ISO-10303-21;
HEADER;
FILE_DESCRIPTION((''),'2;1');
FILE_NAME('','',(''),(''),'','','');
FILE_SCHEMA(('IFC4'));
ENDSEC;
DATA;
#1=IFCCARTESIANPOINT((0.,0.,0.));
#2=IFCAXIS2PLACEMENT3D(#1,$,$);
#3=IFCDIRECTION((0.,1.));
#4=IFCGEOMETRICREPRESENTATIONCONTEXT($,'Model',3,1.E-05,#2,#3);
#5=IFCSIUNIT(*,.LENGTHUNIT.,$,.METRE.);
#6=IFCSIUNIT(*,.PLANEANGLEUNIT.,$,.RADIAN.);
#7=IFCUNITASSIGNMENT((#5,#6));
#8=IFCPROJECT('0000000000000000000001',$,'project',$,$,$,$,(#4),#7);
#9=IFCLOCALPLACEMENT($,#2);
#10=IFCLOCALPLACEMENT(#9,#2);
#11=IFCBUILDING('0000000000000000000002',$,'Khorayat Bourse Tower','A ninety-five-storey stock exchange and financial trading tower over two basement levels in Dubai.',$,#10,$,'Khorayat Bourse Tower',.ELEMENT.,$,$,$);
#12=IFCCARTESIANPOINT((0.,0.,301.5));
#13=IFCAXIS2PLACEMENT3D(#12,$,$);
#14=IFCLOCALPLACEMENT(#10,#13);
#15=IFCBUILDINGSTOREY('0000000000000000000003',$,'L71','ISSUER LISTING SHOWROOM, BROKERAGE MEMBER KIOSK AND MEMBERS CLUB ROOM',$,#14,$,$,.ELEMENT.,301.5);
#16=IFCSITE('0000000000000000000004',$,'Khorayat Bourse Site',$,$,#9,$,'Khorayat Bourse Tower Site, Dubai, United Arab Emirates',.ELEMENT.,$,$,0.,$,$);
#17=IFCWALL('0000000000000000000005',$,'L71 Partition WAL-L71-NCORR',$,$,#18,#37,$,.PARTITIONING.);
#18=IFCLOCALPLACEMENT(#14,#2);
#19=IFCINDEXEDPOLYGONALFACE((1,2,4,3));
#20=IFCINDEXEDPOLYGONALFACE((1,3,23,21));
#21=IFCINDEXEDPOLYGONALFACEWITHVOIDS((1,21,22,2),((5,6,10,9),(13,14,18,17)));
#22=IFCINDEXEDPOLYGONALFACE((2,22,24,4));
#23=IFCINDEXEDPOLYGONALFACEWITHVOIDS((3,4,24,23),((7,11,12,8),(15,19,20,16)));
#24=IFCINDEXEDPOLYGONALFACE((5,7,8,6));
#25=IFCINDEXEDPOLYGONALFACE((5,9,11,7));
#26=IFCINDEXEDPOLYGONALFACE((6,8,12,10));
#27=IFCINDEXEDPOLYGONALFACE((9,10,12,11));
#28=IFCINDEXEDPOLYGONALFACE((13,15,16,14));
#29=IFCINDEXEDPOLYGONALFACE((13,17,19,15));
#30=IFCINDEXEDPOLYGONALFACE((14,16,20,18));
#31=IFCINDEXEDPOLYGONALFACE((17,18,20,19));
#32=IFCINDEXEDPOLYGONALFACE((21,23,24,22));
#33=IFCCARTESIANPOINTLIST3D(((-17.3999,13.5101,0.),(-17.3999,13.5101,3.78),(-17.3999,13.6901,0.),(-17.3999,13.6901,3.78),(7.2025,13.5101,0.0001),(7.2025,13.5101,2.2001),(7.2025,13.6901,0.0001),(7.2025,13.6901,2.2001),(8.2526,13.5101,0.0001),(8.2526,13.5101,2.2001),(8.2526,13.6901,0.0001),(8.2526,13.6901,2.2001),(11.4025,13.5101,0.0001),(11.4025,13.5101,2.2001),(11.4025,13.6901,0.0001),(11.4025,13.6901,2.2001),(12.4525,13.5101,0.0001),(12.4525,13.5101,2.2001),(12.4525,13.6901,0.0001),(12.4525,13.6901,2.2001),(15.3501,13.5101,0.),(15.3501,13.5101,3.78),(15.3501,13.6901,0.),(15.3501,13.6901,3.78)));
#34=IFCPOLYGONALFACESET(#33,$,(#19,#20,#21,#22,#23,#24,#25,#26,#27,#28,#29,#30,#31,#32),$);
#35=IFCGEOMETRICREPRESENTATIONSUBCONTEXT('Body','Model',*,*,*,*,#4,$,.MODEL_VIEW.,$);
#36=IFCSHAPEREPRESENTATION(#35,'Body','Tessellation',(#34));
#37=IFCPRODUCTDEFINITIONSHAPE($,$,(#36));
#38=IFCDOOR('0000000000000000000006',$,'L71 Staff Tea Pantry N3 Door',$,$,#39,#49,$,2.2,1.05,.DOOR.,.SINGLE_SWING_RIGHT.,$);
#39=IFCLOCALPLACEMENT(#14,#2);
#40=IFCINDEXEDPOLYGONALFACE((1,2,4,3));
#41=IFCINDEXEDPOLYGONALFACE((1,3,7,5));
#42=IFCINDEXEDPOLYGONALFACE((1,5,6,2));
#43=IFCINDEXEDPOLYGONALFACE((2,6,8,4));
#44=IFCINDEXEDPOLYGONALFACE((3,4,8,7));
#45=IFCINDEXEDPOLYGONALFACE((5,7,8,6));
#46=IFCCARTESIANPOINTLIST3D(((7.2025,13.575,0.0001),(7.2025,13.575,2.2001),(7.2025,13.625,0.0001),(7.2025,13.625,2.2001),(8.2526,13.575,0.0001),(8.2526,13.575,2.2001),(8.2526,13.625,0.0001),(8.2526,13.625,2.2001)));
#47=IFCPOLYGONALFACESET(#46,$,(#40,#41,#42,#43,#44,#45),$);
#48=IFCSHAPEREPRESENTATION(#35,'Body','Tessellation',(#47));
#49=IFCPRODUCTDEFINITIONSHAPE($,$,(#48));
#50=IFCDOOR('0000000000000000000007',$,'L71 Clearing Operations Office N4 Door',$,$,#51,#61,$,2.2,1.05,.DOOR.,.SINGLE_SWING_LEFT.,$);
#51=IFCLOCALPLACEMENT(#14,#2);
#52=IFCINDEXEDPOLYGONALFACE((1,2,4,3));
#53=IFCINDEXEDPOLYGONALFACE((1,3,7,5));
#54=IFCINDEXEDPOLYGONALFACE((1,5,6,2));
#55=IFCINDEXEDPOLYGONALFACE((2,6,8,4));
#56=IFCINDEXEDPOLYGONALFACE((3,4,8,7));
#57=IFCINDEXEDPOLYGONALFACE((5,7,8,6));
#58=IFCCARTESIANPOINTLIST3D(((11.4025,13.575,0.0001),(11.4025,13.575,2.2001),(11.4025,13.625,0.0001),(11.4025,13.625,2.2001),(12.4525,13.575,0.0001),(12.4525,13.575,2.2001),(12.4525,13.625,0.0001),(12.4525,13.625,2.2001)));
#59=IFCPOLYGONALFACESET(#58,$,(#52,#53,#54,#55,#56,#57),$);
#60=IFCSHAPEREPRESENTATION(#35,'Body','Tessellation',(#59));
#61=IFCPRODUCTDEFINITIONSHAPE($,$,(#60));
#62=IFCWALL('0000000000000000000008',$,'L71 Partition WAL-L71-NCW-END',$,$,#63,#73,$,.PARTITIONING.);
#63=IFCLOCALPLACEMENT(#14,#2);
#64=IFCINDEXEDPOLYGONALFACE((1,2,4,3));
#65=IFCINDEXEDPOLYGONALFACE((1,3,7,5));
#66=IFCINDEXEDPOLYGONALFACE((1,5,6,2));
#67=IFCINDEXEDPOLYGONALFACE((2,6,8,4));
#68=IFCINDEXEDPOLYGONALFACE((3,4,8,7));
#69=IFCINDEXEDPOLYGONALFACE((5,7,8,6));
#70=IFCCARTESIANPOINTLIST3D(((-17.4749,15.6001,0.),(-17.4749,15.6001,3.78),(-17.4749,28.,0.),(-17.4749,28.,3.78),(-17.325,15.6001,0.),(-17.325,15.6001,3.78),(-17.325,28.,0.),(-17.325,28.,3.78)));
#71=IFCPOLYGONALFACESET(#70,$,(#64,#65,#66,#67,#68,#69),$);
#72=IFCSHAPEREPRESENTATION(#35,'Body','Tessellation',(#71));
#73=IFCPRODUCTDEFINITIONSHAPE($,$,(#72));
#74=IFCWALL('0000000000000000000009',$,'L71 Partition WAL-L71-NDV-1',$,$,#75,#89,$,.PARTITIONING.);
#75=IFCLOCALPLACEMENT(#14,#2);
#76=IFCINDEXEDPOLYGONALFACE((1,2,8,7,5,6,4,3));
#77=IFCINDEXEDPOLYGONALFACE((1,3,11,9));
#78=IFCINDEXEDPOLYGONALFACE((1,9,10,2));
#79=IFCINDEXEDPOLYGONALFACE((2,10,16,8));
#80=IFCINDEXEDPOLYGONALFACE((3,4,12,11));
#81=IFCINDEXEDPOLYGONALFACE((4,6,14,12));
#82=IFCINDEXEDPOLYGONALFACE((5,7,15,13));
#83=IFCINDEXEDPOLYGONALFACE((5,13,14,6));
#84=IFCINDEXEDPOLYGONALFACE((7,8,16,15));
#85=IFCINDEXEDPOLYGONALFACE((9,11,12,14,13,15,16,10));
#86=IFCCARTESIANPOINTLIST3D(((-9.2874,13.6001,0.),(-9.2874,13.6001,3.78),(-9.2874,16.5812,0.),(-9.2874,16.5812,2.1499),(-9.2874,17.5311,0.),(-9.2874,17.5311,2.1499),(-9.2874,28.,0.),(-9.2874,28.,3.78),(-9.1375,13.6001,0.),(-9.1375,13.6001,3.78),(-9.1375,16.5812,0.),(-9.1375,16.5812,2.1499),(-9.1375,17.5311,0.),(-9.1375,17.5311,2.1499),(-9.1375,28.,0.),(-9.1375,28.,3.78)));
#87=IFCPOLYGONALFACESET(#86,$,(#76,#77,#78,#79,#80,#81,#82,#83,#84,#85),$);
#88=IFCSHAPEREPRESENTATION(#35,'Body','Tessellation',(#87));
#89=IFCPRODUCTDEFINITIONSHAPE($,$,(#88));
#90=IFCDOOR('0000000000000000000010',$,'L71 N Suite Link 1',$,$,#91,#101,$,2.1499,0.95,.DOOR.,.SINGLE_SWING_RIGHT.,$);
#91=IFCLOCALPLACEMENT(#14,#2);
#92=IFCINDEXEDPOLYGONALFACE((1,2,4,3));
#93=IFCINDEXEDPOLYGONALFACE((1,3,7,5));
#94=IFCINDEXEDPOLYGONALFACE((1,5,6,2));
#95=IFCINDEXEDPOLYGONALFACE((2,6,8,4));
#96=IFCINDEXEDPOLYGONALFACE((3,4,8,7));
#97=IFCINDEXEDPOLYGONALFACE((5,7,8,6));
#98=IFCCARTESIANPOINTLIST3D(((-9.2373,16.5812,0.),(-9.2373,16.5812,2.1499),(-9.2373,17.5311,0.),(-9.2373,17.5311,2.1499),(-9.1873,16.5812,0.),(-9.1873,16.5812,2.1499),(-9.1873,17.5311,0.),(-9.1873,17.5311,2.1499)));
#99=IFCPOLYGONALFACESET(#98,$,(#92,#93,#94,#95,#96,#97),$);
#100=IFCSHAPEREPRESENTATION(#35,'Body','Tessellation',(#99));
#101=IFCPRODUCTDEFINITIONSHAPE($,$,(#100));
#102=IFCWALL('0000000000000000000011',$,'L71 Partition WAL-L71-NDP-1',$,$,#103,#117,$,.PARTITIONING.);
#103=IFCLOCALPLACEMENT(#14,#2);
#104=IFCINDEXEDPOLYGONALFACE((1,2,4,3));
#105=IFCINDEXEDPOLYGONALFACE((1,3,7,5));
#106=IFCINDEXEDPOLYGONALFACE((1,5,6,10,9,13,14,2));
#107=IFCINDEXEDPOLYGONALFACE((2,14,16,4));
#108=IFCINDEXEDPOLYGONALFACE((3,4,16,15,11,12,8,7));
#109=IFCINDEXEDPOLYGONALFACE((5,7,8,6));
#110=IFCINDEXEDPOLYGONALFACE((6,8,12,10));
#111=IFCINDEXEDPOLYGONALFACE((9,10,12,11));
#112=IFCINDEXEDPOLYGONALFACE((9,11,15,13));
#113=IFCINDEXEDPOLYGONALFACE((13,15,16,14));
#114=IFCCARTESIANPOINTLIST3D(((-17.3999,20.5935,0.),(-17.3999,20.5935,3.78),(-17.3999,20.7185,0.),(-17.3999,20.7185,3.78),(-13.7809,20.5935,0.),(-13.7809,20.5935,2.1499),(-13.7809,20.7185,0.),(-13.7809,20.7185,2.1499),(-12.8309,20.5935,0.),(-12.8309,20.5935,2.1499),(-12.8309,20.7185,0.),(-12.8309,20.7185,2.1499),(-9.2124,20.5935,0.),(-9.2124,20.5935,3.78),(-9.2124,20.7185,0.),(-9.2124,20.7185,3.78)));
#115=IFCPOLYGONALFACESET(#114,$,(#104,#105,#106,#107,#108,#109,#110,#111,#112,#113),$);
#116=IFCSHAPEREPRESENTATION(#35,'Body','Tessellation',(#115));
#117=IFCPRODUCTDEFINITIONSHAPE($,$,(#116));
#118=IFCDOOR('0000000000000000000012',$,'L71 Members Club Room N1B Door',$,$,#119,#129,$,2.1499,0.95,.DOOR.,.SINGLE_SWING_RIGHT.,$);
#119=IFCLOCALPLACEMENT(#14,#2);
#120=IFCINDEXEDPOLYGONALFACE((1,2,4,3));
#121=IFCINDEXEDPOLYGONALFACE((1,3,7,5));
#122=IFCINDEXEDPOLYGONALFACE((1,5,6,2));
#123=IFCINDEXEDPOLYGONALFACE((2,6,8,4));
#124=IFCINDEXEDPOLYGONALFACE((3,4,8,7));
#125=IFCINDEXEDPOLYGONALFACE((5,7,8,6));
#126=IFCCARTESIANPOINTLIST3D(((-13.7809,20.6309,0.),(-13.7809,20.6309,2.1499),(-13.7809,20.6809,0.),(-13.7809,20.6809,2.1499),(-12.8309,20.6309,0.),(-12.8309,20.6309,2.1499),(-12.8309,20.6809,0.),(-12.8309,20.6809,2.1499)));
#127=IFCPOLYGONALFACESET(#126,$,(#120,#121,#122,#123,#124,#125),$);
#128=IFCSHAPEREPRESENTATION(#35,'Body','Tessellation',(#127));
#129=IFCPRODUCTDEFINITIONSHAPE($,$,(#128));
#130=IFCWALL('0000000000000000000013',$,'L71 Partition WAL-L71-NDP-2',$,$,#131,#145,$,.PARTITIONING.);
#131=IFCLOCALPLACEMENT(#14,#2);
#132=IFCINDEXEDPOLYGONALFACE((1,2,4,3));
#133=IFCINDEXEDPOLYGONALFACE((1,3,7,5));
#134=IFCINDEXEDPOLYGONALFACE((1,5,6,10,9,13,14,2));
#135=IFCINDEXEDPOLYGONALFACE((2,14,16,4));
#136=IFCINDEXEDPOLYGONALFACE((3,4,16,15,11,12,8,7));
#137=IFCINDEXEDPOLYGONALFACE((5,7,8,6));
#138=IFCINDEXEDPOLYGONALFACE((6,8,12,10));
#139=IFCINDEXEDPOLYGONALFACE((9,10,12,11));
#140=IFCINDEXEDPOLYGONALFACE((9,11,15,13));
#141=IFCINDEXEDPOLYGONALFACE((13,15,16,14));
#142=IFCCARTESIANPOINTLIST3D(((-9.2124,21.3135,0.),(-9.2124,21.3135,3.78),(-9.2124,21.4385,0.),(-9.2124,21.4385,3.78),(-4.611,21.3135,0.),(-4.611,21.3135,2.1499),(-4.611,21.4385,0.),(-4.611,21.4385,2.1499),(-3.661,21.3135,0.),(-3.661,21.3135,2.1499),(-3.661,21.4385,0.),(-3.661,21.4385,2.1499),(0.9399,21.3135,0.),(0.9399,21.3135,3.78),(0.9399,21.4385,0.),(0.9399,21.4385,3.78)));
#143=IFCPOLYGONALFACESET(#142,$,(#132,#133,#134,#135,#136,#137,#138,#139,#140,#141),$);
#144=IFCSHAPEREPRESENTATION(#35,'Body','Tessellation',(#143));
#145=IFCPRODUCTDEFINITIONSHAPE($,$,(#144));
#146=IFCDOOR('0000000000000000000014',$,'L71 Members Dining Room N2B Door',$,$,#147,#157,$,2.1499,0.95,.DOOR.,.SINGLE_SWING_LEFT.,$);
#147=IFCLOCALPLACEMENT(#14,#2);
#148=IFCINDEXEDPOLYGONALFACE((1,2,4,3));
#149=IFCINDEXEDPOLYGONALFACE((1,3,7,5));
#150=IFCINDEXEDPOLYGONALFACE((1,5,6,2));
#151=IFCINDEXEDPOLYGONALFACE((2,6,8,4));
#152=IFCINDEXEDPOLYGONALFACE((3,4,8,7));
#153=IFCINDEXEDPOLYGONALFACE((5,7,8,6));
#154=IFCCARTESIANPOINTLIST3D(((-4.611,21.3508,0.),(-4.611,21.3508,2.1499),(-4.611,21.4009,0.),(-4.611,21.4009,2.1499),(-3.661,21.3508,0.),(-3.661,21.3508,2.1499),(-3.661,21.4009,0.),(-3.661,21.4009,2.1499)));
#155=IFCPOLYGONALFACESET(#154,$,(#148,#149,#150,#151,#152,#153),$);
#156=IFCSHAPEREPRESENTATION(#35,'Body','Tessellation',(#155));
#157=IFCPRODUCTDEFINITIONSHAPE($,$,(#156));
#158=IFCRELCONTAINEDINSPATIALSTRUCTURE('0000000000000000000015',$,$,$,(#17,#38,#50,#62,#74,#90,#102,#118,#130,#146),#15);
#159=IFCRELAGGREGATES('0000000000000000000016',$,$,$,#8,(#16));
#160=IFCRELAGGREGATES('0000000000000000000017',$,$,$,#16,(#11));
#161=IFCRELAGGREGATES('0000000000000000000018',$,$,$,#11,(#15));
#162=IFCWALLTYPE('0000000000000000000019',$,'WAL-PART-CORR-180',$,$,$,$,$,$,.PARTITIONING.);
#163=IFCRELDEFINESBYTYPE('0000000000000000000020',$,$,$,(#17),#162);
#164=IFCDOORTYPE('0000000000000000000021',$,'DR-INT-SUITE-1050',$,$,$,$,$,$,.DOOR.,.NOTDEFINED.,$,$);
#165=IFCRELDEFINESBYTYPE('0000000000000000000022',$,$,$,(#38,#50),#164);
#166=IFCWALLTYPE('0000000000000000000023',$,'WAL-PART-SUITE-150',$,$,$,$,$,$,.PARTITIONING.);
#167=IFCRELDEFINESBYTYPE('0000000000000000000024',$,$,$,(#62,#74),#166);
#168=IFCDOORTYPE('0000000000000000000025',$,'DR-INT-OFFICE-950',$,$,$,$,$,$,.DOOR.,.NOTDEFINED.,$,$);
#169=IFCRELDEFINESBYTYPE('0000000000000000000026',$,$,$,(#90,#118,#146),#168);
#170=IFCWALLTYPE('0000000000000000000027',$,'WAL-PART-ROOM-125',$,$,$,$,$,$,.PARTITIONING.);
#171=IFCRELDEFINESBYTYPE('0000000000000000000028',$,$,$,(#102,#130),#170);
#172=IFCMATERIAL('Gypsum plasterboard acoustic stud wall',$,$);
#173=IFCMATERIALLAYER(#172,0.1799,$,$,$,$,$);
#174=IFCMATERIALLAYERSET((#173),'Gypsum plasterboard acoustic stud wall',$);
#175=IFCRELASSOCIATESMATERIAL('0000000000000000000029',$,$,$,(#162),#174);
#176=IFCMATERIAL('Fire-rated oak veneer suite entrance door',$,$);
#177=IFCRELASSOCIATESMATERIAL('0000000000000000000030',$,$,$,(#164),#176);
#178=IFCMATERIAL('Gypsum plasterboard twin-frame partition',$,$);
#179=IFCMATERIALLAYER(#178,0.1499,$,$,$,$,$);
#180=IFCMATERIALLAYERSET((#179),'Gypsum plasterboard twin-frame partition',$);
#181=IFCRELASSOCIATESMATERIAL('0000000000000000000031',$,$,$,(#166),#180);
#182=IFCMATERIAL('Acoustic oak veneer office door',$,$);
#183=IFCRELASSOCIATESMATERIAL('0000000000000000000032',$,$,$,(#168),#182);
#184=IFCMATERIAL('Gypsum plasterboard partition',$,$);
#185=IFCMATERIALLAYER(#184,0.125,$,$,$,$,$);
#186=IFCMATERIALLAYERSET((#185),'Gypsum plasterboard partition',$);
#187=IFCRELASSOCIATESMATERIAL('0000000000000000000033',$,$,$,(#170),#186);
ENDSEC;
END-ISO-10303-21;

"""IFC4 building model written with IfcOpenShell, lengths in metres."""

from ifc_helpers import new_model, si_unit, direction, frame, frame_2d, origin, place, context, subcontext, project, spatial, rectangle, extrude, source, transform, mapped, material, layer, layer_set, type_object, element, fill, save


model = new_model("IFC4")

# Units and contexts
model_context = context("Model", 3, precision=1e-05, world=origin(), true_north=direction((0.0, 1.0)))
body_context = subcontext(model_context, "Body", "Model", "MODEL_VIEW")
ifc_project = project(units=[si_unit("LENGTHUNIT", "METRE"), si_unit("PLANEANGLEUNIT", "RADIAN")], contexts=[model_context])

# Site, building, storey
site_placement = place(None, origin())
site = spatial("IfcSite", under=ifc_project, at=site_placement, Name="Khorayat Bourse Site", LongName="Khorayat Bourse Tower Site, Dubai, United Arab Emirates", CompositionType="ELEMENT", RefElevation=0.0)
building_placement = place(site_placement, origin())
building = spatial("IfcBuilding", under=site, at=building_placement, Name="Khorayat Bourse Tower", Description="A ninety-five-storey stock exchange and financial trading tower over two basement levels in Dubai.", LongName="Khorayat Bourse Tower", CompositionType="ELEMENT")
storey_placement = place(building_placement, frame((0.0, 0.0, 301.5)))
storey = spatial("IfcBuildingStorey", under=building, at=storey_placement, Name="L71", Description="ISSUER LISTING SHOWROOM, BROKERAGE MEMBER KIOSK AND MEMBERS CLUB ROOM", CompositionType="ELEMENT", Elevation=301.5)

# Wall, openings, doors
ifc_material_1 = material(Name="Gypsum plasterboard acoustic stud wall")
ifc_layer_1 = layer(ifc_material_1, 0.1799)
ifc_layer_set_1 = layer_set([ifc_layer_1], Name="Gypsum plasterboard acoustic stud wall")
wall_type_1 = type_object("IfcWallType", Name="WAL-PART-CORR-180", PredefinedType="PARTITIONING", material=ifc_layer_set_1)
shared_shape_1 = source(origin(), body_context, "Body", "SweptSolid", [
    extrude(rectangle(XDim=32.75, YDim=0.1799, at=frame_2d((16.375, 0.0))), origin(), (0.0, 0.0, 1.0), 3.78),
])
wall_1_placement = place(storey_placement, frame((-17.3999, 13.6001, 0.0), z_axis=(0.0, 0.0, 1.0), x_axis=(1.0, 0.0, 0.0)))
wall_1 = element("IfcWall", 1, at=wall_1_placement, inside=storey, type_object=wall_type_1, Name="L71 Partition WAL-L71-NCORR", PredefinedType="PARTITIONING", context=body_context, shape_type="MappedRepresentation", body=[
    mapped(shared_shape_1, transform((0.0, 0.0, 0.0), scale=1.0)),
])
shared_shape_2 = source(origin(), body_context, "Body", "SweptSolid", [
    extrude(rectangle(XDim=1.05, YDim=2.2, at=frame_2d((0.5249, 1.1001))), frame((0.0, 0.0999, 0.0), z_axis=(0.0, -1.0, 0.0), x_axis=(1.0, 0.0, 0.0)), (0.0, 0.0, 1.0), 0.2),
])
opening_1_placement = place(wall_1_placement, frame((24.6025, 0.0, 0.0)))
opening_1 = element("IfcOpeningElement", 2, at=opening_1_placement, cuts=wall_1, PredefinedType="OPENING", context=body_context, shape_type="MappedRepresentation", body=[
    mapped(shared_shape_2, transform((0.0, 0.0, 0.0), scale=1.0)),
])
opening_2_placement = place(wall_1_placement, frame((28.8025, 0.0, 0.0)))
opening_2 = element("IfcOpeningElement", 3, at=opening_2_placement, cuts=wall_1, PredefinedType="OPENING", context=body_context, shape_type="MappedRepresentation", body=[
    mapped(shared_shape_2, transform((0.0, 0.0, 0.0), scale=1.0)),
])
ifc_material_2 = material(Name="Fire-rated oak veneer suite entrance door")
door_type_1 = type_object("IfcDoorType", Name="DR-INT-SUITE-1050", OperationType="NOTDEFINED", PredefinedType="DOOR", material=ifc_material_2)
shared_shape_3 = source(origin(), body_context, "Body", "SweptSolid", [
    extrude(rectangle(XDim=1.05, YDim=2.2, at=frame_2d((0.5249, 1.1001))), frame((0.0, 0.0249, 0.0), z_axis=(0.0, -1.0, 0.0), x_axis=(1.0, 0.0, 0.0)), (0.0, 0.0, 1.0), 0.05),
])
door_1_placement = place(opening_1_placement, origin())
door_1 = element("IfcDoor", 4, at=door_1_placement, inside=storey, type_object=door_type_1, Name="L71 Staff Tea Pantry N3 Door", OperationType="SINGLE_SWING_RIGHT", OverallHeight=2.2, OverallWidth=1.05, PredefinedType="DOOR", context=body_context, shape_type="MappedRepresentation", body=[
    mapped(shared_shape_3, transform((0.0, 0.0, 0.0), scale=1.0)),
])
fill(opening_1, door_1)
door_2_placement = place(opening_2_placement, origin())
door_2 = element("IfcDoor", 5, at=door_2_placement, inside=storey, type_object=door_type_1, Name="L71 Clearing Operations Office N4 Door", OperationType="SINGLE_SWING_LEFT", OverallHeight=2.2, OverallWidth=1.05, PredefinedType="DOOR", context=body_context, shape_type="MappedRepresentation", body=[
    mapped(shared_shape_3, transform((0.0, 0.0, 0.0), scale=1.0)),
])
fill(opening_2, door_2)

# Wall
ifc_material_3 = material(Name="Gypsum plasterboard twin-frame partition")
ifc_layer_2 = layer(ifc_material_3, 0.1499)
ifc_layer_set_2 = layer_set([ifc_layer_2], Name="Gypsum plasterboard twin-frame partition")
wall_type_2 = type_object("IfcWallType", Name="WAL-PART-SUITE-150", PredefinedType="PARTITIONING", material=ifc_layer_set_2)
shared_shape_4 = source(origin(), body_context, "Body", "SweptSolid", [
    extrude(rectangle(XDim=12.3999, YDim=0.1499, at=frame_2d((6.2, 0.0))), origin(), (0.0, 0.0, 1.0), 3.78),
])
wall_2_placement = place(storey_placement, frame((-17.3999, 15.6001, 0.0), z_axis=(0.0, 0.0, 1.0), x_axis=(0.0, 1.0, 0.0)))
element("IfcWall", 6, at=wall_2_placement, inside=storey, type_object=wall_type_2, Name="L71 Partition WAL-L71-NCW-END", PredefinedType="PARTITIONING", context=body_context, shape_type="MappedRepresentation", body=[
    mapped(shared_shape_4, transform((0.0, 0.0, 0.0), scale=1.0)),
])

# Walls, openings, doors
shared_shape_5 = source(origin(), body_context, "Body", "SweptSolid", [
    extrude(rectangle(XDim=14.3999, YDim=0.1499, at=frame_2d((7.2, 0.0))), origin(), (0.0, 0.0, 1.0), 3.78),
])
wall_3_placement = place(storey_placement, frame((-9.2124, 13.6001, 0.0), z_axis=(0.0, 0.0, 1.0), x_axis=(0.0, 1.0, 0.0)))
wall_3 = element("IfcWall", 7, at=wall_3_placement, inside=storey, type_object=wall_type_2, Name="L71 Partition WAL-L71-NDV-1", PredefinedType="PARTITIONING", context=body_context, shape_type="MappedRepresentation", body=[
    mapped(shared_shape_5, transform((0.0, 0.0, 0.0), scale=1.0)),
])
shared_shape_6 = source(origin(), body_context, "Body", "SweptSolid", [
    extrude(rectangle(XDim=0.95, YDim=2.1499, at=frame_2d((0.4751, 1.075))), frame((0.0, 0.085, 0.0), z_axis=(0.0, -1.0, 0.0), x_axis=(1.0, 0.0, 0.0)), (0.0, 0.0, 1.0), 0.1699),
])
opening_3_placement = place(wall_3_placement, frame((2.981, 0.0, 0.0)))
opening_3 = element("IfcOpeningElement", 8, at=opening_3_placement, cuts=wall_3, PredefinedType="OPENING", context=body_context, shape_type="MappedRepresentation", body=[
    mapped(shared_shape_6, transform((0.0, 0.0, 0.0), scale=1.0)),
])
ifc_material_4 = material(Name="Acoustic oak veneer office door")
door_type_2 = type_object("IfcDoorType", Name="DR-INT-OFFICE-950", OperationType="NOTDEFINED", PredefinedType="DOOR", material=ifc_material_4)
shared_shape_7 = source(origin(), body_context, "Body", "SweptSolid", [
    extrude(rectangle(XDim=0.95, YDim=2.1499, at=frame_2d((0.4751, 1.075))), frame((0.0, 0.0249, 0.0), z_axis=(0.0, -1.0, 0.0), x_axis=(1.0, 0.0, 0.0)), (0.0, 0.0, 1.0), 0.05),
])
door_3_placement = place(opening_3_placement, origin())
door_3 = element("IfcDoor", 9, at=door_3_placement, inside=storey, type_object=door_type_2, Name="L71 N Suite Link 1", OperationType="SINGLE_SWING_RIGHT", OverallHeight=2.1499, OverallWidth=0.95, PredefinedType="DOOR", context=body_context, shape_type="MappedRepresentation", body=[
    mapped(shared_shape_7, transform((0.0, 0.0, 0.0), scale=1.0)),
])
fill(opening_3, door_3)
ifc_material_5 = material(Name="Gypsum plasterboard partition")
ifc_layer_3 = layer(ifc_material_5, 0.125)
ifc_layer_set_3 = layer_set([ifc_layer_3], Name="Gypsum plasterboard partition")
wall_type_3 = type_object("IfcWallType", Name="WAL-PART-ROOM-125", PredefinedType="PARTITIONING", material=ifc_layer_set_3)
shared_shape_8 = source(origin(), body_context, "Body", "SweptSolid", [
    extrude(rectangle(XDim=8.1875, YDim=0.125, at=frame_2d((4.0938, 0.0))), origin(), (0.0, 0.0, 1.0), 3.78),
])
wall_4_placement = place(storey_placement, frame((-17.3999, 20.656, 0.0), z_axis=(0.0, 0.0, 1.0), x_axis=(1.0, 0.0, 0.0)))
wall_4 = element("IfcWall", 10, at=wall_4_placement, inside=storey, type_object=wall_type_3, Name="L71 Partition WAL-L71-NDP-1", PredefinedType="PARTITIONING", context=body_context, shape_type="MappedRepresentation", body=[
    mapped(shared_shape_8, transform((0.0, 0.0, 0.0), scale=1.0)),
])
shared_shape_9 = source(origin(), body_context, "Body", "SweptSolid", [
    extrude(rectangle(XDim=0.95, YDim=2.1499, at=frame_2d((0.4751, 1.075))), frame((0.0, 0.0725, 0.0), z_axis=(0.0, -1.0, 0.0), x_axis=(1.0, 0.0, 0.0)), (0.0, 0.0, 1.0), 0.145),
])
opening_4_placement = place(wall_4_placement, frame((3.6189, 0.0, 0.0)))
opening_4 = element("IfcOpeningElement", 11, at=opening_4_placement, cuts=wall_4, PredefinedType="OPENING", context=body_context, shape_type="MappedRepresentation", body=[
    mapped(shared_shape_9, transform((0.0, 0.0, 0.0), scale=1.0)),
])
door_4_placement = place(opening_4_placement, origin())
door_4 = element("IfcDoor", 12, at=door_4_placement, inside=storey, type_object=door_type_2, Name="L71 Members Club Room N1B Door", OperationType="SINGLE_SWING_RIGHT", OverallHeight=2.1499, OverallWidth=0.95, PredefinedType="DOOR", context=body_context, shape_type="MappedRepresentation", body=[
    mapped(shared_shape_7, transform((0.0, 0.0, 0.0), scale=1.0)),
])
fill(opening_4, door_4)
shared_shape_10 = source(origin(), body_context, "Body", "SweptSolid", [
    extrude(rectangle(XDim=10.1523, YDim=0.125, at=frame_2d((5.0762, 0.0))), origin(), (0.0, 0.0, 1.0), 3.78),
])
wall_5_placement = place(storey_placement, frame((-9.2124, 21.376, 0.0), z_axis=(0.0, 0.0, 1.0), x_axis=(1.0, 0.0, 0.0)))
wall_5 = element("IfcWall", 13, at=wall_5_placement, inside=storey, type_object=wall_type_3, Name="L71 Partition WAL-L71-NDP-2", PredefinedType="PARTITIONING", context=body_context, shape_type="MappedRepresentation", body=[
    mapped(shared_shape_10, transform((0.0, 0.0, 0.0), scale=1.0)),
])
opening_5_placement = place(wall_5_placement, frame((4.6013, 0.0, 0.0)))
opening_5 = element("IfcOpeningElement", 14, at=opening_5_placement, cuts=wall_5, PredefinedType="OPENING", context=body_context, shape_type="MappedRepresentation", body=[
    mapped(shared_shape_9, transform((0.0, 0.0, 0.0), scale=1.0)),
])
door_5_placement = place(opening_5_placement, origin())
door_5 = element("IfcDoor", 15, at=door_5_placement, inside=storey, type_object=door_type_2, Name="L71 Members Dining Room N2B Door", OperationType="SINGLE_SWING_LEFT", OverallHeight=2.1499, OverallWidth=0.95, PredefinedType="DOOR", context=body_context, shape_type="MappedRepresentation", body=[
    mapped(shared_shape_7, transform((0.0, 0.0, 0.0), scale=1.0)),
])
fill(opening_5, door_5)

save(model, "model.ifc")
